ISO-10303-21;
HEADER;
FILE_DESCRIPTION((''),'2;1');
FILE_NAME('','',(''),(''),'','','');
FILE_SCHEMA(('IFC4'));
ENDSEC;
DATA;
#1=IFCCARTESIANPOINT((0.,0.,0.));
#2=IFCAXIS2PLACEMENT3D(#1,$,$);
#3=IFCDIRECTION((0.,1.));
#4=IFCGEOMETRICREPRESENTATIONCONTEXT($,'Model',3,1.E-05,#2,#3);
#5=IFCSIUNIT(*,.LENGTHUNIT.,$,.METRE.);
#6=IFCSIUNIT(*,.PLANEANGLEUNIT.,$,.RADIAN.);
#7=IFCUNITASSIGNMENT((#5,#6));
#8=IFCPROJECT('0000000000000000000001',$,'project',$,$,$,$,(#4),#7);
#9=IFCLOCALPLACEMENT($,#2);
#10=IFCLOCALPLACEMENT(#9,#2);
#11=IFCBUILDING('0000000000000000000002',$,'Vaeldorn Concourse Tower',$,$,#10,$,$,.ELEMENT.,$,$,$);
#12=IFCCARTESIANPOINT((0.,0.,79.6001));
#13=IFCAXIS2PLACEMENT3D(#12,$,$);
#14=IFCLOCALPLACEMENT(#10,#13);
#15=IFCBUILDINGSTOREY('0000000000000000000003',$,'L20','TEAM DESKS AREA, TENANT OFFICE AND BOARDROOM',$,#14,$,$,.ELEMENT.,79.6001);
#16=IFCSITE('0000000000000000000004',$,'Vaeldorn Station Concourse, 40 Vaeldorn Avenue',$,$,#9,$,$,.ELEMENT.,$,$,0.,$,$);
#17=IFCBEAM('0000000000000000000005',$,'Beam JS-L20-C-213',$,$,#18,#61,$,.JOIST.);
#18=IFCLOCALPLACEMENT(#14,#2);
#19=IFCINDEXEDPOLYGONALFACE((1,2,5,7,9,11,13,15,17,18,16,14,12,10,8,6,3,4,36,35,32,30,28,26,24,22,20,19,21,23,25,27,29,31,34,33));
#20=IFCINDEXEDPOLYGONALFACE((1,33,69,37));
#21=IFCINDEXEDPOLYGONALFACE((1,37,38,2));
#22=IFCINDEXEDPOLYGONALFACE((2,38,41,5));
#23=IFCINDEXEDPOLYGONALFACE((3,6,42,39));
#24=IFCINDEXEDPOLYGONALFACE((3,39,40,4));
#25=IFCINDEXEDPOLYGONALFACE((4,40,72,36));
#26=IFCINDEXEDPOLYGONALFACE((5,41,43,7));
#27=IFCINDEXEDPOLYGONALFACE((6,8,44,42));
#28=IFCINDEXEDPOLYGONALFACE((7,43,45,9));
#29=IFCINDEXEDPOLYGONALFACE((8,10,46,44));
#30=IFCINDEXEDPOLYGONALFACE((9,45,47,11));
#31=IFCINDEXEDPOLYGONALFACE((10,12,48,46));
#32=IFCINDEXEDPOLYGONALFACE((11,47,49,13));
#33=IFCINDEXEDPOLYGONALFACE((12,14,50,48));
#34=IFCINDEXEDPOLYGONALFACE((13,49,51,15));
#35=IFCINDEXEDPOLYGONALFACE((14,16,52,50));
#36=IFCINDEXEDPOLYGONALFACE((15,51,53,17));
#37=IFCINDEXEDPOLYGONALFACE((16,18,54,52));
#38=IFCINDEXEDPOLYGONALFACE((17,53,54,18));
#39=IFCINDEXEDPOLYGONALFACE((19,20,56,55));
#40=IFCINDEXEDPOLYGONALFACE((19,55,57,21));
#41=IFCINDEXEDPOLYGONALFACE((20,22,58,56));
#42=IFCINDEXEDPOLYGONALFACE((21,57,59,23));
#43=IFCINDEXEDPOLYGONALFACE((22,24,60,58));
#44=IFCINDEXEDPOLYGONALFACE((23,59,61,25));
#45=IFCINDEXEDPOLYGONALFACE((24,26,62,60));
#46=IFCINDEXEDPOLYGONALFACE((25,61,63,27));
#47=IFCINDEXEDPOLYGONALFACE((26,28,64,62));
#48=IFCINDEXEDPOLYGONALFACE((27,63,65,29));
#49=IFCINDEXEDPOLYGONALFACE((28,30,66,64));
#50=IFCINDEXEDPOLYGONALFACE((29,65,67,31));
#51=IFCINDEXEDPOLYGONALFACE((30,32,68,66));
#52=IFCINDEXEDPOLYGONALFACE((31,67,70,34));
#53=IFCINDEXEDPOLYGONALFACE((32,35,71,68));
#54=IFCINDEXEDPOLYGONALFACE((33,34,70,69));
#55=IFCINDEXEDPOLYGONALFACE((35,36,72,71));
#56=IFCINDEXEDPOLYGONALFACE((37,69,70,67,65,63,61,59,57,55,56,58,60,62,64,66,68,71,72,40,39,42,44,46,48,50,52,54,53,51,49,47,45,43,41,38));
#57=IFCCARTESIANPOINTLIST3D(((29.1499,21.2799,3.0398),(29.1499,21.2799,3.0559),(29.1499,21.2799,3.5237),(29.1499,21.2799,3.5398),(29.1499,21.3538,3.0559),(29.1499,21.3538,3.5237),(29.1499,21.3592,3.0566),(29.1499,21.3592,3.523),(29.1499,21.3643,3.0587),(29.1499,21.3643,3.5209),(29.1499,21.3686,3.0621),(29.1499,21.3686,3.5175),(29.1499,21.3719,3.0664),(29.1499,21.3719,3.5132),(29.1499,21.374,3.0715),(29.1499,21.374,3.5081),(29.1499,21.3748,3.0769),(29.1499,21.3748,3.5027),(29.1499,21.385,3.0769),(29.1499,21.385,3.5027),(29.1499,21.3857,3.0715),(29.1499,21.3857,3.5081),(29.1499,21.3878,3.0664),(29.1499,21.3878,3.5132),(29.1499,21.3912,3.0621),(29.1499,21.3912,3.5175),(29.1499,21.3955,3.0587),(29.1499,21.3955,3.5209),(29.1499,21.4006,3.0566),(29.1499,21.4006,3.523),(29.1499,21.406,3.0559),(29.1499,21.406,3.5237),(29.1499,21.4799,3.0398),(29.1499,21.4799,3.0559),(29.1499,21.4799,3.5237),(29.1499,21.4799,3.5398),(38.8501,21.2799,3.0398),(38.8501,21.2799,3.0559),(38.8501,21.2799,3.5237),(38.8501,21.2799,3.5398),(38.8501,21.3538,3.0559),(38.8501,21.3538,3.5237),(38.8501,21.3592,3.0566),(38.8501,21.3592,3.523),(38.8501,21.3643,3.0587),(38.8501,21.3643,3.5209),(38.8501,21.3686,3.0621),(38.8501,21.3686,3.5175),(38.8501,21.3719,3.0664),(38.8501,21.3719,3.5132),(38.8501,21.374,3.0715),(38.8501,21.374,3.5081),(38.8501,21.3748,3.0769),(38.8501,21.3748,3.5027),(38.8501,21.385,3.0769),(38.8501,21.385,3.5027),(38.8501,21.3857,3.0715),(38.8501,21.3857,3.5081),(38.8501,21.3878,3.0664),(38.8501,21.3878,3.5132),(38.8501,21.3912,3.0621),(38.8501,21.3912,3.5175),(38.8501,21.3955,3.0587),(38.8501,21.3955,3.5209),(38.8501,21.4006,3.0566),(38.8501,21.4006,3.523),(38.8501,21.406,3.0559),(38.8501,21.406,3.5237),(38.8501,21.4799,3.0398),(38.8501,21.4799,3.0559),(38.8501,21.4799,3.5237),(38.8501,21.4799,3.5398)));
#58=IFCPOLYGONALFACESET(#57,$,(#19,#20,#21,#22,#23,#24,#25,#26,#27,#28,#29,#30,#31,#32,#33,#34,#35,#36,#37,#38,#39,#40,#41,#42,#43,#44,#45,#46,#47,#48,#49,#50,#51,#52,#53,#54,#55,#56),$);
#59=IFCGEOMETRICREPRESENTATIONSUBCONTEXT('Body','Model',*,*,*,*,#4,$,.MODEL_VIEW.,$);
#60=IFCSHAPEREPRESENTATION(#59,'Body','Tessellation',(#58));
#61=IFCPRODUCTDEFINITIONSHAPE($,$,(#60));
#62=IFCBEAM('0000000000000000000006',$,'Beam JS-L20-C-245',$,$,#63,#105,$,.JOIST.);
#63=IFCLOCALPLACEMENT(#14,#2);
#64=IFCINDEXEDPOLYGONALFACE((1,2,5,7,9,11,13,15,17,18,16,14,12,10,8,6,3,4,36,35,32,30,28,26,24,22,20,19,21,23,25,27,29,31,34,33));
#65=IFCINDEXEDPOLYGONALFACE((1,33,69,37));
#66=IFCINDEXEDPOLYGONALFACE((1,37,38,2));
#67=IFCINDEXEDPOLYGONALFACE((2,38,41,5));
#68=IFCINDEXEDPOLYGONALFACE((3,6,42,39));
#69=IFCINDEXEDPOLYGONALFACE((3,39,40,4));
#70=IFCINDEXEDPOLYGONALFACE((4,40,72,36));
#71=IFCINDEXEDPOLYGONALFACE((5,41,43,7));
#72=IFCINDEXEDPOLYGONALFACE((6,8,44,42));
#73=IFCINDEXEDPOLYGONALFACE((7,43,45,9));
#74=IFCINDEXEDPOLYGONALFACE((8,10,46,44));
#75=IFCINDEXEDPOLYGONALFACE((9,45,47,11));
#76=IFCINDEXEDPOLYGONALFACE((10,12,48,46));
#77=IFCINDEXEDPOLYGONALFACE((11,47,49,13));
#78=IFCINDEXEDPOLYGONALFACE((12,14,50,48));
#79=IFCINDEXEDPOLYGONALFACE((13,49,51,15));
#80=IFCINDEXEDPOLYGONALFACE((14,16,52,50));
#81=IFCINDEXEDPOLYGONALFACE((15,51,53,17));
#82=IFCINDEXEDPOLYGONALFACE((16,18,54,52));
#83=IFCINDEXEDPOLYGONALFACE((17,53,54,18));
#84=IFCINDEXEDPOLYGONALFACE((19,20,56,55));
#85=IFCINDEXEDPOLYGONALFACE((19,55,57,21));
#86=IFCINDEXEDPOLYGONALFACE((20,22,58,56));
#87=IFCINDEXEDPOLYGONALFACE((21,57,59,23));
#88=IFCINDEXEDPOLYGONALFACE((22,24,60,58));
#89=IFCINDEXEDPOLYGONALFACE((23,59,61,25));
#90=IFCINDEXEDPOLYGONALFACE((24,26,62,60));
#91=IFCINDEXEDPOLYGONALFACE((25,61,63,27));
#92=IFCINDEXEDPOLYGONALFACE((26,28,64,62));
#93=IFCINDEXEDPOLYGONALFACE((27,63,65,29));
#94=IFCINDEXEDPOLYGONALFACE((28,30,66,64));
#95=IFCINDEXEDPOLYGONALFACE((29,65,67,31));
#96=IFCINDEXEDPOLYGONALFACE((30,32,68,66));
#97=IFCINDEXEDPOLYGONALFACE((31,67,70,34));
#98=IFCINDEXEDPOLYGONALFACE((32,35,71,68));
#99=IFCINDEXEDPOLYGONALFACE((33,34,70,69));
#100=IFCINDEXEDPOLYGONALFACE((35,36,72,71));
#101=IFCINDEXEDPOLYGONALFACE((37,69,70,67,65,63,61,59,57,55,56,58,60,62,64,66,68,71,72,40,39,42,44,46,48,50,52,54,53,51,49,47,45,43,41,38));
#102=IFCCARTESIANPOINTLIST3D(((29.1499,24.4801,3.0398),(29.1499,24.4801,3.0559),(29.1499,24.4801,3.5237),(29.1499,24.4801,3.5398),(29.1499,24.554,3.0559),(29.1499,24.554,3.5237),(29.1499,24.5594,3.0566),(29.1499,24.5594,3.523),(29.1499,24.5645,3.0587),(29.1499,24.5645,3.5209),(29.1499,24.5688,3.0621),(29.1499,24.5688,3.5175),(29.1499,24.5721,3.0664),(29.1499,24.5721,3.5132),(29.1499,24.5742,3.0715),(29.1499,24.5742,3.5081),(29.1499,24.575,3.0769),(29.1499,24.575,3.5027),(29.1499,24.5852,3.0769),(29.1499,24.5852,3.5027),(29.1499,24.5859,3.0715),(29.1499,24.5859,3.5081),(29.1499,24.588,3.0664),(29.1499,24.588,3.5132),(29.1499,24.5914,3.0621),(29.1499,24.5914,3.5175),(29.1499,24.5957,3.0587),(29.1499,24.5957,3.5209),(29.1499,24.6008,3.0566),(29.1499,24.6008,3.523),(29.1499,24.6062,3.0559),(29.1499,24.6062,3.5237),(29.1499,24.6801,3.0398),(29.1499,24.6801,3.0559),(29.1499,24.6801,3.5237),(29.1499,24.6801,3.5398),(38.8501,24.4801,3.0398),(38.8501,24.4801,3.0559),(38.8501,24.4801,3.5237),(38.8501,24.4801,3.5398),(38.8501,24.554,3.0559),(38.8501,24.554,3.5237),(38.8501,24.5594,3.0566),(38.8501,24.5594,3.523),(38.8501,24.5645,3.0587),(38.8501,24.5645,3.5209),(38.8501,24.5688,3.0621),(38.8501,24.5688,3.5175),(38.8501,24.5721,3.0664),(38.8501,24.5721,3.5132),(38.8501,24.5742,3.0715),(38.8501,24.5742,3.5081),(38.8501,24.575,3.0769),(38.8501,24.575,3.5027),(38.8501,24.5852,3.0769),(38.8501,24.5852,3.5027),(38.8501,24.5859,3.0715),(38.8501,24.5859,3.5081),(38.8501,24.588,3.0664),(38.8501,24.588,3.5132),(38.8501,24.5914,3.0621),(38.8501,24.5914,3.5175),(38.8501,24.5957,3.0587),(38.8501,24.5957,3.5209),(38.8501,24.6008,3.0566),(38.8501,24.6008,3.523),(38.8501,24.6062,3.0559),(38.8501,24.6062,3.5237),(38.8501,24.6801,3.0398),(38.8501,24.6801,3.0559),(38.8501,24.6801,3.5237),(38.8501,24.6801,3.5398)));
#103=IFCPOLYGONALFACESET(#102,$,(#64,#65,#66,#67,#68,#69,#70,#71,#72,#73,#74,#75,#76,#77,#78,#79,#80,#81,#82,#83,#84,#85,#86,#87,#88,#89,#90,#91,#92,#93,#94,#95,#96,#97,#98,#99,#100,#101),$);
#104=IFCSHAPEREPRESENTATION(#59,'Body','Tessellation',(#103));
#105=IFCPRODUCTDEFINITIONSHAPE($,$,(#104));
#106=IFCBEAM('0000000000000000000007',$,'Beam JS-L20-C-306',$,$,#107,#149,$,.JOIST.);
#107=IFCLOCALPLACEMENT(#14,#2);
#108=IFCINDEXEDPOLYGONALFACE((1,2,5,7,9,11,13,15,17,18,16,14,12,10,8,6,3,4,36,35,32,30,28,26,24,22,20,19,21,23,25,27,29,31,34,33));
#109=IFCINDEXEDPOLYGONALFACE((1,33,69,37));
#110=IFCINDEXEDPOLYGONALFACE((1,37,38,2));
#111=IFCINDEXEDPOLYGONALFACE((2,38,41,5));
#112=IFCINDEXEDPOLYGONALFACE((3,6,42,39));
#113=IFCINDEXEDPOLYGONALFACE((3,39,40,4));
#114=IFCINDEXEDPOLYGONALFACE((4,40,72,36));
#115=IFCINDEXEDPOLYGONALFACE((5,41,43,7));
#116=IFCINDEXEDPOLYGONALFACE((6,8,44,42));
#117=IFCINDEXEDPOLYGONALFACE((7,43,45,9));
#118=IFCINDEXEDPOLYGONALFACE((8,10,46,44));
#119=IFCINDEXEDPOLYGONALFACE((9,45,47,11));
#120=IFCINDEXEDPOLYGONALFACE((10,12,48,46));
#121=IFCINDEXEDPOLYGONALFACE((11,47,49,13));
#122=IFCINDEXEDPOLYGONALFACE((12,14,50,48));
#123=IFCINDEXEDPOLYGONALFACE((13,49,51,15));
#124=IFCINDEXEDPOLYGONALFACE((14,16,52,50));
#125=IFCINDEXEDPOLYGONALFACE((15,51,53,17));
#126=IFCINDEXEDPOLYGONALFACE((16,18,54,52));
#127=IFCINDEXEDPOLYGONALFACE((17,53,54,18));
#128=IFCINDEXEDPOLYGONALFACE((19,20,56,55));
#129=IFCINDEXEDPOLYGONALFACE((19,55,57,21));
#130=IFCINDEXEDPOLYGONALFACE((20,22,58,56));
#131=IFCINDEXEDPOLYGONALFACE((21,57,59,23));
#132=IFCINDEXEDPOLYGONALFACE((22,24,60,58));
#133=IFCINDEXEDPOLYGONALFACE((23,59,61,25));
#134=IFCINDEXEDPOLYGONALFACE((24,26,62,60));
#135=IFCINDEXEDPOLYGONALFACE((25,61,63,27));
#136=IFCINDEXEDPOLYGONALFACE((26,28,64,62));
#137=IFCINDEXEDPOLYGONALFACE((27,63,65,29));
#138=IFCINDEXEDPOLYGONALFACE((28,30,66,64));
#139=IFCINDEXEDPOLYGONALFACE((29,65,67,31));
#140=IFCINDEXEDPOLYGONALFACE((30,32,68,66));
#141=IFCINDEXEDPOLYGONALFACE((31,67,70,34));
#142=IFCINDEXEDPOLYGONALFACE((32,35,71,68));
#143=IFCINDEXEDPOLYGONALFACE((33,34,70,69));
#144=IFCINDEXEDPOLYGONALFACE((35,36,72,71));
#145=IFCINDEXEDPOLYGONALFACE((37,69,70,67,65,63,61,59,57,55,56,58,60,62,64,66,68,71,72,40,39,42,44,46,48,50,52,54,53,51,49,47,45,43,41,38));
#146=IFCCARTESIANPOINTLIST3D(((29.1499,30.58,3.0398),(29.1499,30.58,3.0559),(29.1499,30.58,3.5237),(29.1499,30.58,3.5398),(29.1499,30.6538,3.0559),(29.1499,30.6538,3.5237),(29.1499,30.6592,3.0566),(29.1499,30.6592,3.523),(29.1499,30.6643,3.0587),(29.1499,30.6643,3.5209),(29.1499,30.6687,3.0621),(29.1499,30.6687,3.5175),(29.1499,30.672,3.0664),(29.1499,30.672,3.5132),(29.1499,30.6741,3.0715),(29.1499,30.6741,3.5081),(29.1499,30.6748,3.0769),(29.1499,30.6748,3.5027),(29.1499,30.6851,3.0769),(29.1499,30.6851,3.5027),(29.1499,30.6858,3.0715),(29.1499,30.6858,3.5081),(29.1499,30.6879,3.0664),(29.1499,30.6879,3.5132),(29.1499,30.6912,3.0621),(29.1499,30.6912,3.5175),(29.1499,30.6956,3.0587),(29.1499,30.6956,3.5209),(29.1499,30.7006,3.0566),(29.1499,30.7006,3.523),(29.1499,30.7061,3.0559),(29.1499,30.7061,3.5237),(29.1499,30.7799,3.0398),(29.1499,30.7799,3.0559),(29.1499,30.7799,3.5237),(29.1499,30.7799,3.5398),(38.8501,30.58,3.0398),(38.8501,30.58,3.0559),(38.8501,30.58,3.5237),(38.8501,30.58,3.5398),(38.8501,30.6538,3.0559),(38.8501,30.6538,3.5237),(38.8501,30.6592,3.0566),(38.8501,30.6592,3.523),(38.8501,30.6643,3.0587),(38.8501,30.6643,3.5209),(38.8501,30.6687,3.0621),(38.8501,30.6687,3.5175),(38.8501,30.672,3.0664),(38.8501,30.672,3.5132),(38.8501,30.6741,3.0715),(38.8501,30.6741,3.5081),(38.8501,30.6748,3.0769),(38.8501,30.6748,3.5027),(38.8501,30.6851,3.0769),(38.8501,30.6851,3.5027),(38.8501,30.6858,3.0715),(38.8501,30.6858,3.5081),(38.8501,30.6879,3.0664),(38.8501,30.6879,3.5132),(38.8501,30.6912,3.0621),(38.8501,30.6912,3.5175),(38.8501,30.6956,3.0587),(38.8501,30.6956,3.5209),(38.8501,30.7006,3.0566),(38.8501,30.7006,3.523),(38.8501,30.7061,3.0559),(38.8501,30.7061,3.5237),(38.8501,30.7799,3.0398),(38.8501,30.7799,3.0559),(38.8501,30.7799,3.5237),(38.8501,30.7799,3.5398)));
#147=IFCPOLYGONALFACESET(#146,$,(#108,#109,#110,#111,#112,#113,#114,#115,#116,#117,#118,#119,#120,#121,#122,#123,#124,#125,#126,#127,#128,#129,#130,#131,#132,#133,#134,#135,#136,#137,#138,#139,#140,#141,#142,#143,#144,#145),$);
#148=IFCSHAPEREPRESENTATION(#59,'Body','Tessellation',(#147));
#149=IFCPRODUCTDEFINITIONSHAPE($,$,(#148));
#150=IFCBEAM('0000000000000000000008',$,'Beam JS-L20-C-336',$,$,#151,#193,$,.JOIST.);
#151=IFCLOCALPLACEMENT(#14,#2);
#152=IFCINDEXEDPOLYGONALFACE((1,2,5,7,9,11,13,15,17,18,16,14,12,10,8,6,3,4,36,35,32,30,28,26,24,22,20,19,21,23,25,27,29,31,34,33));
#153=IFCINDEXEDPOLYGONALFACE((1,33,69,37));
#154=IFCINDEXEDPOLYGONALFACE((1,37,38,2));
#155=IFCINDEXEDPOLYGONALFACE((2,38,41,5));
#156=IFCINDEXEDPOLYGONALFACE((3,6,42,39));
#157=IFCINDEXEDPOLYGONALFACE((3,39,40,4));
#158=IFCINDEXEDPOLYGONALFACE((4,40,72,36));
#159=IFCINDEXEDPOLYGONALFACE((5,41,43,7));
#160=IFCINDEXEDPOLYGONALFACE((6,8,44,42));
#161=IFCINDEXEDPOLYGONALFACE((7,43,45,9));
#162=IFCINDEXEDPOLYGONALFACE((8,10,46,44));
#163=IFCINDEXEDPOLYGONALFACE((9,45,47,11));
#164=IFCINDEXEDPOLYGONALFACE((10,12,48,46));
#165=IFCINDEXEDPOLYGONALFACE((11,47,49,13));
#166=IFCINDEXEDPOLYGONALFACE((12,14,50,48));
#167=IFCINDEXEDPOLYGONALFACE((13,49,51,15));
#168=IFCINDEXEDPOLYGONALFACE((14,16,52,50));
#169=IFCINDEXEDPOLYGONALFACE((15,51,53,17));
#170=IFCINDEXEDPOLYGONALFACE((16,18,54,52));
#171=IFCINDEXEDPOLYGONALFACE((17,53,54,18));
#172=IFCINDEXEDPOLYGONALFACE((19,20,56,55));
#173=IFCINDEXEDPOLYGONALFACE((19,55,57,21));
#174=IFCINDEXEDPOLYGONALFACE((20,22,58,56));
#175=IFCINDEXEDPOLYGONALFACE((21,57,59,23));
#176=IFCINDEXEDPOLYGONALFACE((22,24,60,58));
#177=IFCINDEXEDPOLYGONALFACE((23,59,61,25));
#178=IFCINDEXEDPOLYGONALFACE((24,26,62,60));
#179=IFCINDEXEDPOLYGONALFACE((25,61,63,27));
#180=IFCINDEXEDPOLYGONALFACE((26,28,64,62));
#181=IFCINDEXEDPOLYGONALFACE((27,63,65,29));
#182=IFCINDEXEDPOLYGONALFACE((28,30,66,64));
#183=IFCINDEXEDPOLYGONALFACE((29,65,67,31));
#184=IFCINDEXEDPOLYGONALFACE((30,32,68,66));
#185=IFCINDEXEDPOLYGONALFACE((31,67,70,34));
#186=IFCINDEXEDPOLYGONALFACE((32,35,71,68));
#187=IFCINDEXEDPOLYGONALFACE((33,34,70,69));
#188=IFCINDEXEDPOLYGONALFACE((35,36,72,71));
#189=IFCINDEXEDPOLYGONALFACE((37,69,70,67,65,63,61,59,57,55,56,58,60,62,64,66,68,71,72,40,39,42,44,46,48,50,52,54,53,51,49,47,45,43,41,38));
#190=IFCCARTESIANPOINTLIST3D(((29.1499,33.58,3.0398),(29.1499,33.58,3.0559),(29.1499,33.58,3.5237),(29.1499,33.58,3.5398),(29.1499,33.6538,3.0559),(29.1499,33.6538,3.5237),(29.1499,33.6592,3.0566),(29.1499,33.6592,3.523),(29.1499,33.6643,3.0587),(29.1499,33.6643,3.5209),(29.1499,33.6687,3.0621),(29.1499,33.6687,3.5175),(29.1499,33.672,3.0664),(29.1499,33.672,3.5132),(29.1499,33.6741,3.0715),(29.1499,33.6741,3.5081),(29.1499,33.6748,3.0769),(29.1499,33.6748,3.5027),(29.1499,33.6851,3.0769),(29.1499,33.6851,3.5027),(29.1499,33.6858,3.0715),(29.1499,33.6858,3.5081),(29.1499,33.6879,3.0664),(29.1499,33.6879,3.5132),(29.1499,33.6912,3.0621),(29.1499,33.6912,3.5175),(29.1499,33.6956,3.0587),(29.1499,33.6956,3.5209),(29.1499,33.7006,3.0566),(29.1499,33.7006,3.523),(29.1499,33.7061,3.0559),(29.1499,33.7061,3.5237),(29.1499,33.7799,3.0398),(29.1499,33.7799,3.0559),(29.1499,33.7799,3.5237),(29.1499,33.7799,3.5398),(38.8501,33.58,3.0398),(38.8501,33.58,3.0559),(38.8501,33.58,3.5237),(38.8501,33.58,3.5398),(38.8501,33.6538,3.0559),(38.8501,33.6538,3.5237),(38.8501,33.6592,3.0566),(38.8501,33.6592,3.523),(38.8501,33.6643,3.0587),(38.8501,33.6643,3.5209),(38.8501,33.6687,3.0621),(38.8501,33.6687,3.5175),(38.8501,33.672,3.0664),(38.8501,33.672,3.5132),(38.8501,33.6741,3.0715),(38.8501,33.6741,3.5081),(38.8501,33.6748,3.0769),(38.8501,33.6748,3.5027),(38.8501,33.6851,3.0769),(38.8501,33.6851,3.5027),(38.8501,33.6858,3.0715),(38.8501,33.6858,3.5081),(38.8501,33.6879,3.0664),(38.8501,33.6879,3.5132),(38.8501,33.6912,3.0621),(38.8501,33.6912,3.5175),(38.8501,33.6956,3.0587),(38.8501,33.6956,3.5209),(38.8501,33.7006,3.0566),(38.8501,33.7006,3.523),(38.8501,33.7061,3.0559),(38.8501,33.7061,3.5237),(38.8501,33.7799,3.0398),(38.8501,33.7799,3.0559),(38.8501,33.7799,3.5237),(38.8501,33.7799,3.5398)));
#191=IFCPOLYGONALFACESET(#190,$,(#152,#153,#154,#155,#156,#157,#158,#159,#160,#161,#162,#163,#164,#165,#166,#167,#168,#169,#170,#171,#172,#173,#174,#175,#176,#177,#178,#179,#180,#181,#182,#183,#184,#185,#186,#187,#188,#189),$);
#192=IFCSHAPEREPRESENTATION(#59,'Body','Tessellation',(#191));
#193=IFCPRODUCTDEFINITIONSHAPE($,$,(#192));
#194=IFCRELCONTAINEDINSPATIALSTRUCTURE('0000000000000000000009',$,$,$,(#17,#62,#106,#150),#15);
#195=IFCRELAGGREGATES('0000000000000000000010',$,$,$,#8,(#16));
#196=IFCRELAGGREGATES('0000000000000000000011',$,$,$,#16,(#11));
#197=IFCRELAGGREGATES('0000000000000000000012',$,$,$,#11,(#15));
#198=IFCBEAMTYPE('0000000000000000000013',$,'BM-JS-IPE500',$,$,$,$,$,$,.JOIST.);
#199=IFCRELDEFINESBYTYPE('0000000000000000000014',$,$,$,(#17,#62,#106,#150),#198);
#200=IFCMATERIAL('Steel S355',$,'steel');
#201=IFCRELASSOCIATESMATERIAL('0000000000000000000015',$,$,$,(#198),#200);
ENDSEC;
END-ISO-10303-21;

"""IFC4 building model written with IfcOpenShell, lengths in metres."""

from ifc_helpers import new_model, si_unit, direction, frame, origin, origin_2d, place, context, subcontext, project, spatial, i_section, extrude, source, transform, mapped, material, material_profile, profile_set, type_object, element, save


model = new_model("IFC4")

# Units and contexts
model_context = context("Model", 3, precision=1e-05, world=origin(), true_north=direction((0.0, 1.0)))
body_context = subcontext(model_context, "Body", "Model", "MODEL_VIEW")
ifc_project = project(units=[si_unit("LENGTHUNIT", "METRE"), si_unit("PLANEANGLEUNIT", "RADIAN")], contexts=[model_context])

# Site, building, storey
site_placement = place(None, origin())
site = spatial("IfcSite", under=ifc_project, at=site_placement, Name="Vaeldorn Station Concourse, 40 Vaeldorn Avenue", CompositionType="ELEMENT", RefElevation=0.0)
building_placement = place(site_placement, origin())
building = spatial("IfcBuilding", under=site, at=building_placement, Name="Vaeldorn Concourse Tower", CompositionType="ELEMENT")
storey_placement = place(building_placement, frame((0.0, 0.0, 79.6001)))
storey = spatial("IfcBuildingStorey", under=building, at=storey_placement, Name="L20", Description="TEAM DESKS AREA, TENANT OFFICE AND BOARDROOM", CompositionType="ELEMENT", Elevation=79.6001)

# Beams
ifc_material_1 = material(Name="Steel S355", Category="steel")
ifc_material_profile_1 = material_profile(ifc_material_1, i_section(OverallWidth=0.2, OverallDepth=0.5, WebThickness=0.0103, FlangeThickness=0.0161, FilletRadius=0.021, at=origin_2d()), Name="IPE 500")
ifc_profile_set_1 = profile_set([ifc_material_profile_1], Name="Steel S355")
beam_type_1 = type_object("IfcBeamType", Name="BM-JS-IPE500", PredefinedType="JOIST", material=ifc_profile_set_1)
shared_shape_1 = source(origin(), body_context, "Body", "SweptSolid", [
    extrude(i_section(OverallWidth=0.2, OverallDepth=0.5, WebThickness=0.0103, FlangeThickness=0.0161, FilletRadius=0.021, at=origin_2d()), origin(), (0.0, 0.0, 1.0), 9.7002),
])
for number, where, z_axis, x_axis, name in (
    (1, (29.1499, 21.3799, 3.2898), (1.0, 0.0, 0.0), (0.0, 1.0, 0.0), "Beam JS-L20-C-213"),
    (2, (29.1499, 24.5801, 3.2898), (1.0, 0.0, 0.0), (0.0, 1.0, 0.0), "Beam JS-L20-C-245"),
    (3, (29.1499, 30.6799, 3.2898), (1.0, 0.0, 0.0), (0.0, 1.0, 0.0), "Beam JS-L20-C-306"),
    (4, (29.1499, 33.6799, 3.2898), (1.0, 0.0, 0.0), (0.0, 1.0, 0.0), "Beam JS-L20-C-336"),
):
    element("IfcBeam", number, at=place(storey_placement, frame(where, z_axis=z_axis, x_axis=x_axis)), inside=storey, type_object=beam_type_1, Name=name, PredefinedType="JOIST", context=body_context, shape_type="MappedRepresentation", body=[
        mapped(shared_shape_1, transform((0.0, 0.0, 0.0), scale=1.0)),
    ])

save(model, "model.ifc")
